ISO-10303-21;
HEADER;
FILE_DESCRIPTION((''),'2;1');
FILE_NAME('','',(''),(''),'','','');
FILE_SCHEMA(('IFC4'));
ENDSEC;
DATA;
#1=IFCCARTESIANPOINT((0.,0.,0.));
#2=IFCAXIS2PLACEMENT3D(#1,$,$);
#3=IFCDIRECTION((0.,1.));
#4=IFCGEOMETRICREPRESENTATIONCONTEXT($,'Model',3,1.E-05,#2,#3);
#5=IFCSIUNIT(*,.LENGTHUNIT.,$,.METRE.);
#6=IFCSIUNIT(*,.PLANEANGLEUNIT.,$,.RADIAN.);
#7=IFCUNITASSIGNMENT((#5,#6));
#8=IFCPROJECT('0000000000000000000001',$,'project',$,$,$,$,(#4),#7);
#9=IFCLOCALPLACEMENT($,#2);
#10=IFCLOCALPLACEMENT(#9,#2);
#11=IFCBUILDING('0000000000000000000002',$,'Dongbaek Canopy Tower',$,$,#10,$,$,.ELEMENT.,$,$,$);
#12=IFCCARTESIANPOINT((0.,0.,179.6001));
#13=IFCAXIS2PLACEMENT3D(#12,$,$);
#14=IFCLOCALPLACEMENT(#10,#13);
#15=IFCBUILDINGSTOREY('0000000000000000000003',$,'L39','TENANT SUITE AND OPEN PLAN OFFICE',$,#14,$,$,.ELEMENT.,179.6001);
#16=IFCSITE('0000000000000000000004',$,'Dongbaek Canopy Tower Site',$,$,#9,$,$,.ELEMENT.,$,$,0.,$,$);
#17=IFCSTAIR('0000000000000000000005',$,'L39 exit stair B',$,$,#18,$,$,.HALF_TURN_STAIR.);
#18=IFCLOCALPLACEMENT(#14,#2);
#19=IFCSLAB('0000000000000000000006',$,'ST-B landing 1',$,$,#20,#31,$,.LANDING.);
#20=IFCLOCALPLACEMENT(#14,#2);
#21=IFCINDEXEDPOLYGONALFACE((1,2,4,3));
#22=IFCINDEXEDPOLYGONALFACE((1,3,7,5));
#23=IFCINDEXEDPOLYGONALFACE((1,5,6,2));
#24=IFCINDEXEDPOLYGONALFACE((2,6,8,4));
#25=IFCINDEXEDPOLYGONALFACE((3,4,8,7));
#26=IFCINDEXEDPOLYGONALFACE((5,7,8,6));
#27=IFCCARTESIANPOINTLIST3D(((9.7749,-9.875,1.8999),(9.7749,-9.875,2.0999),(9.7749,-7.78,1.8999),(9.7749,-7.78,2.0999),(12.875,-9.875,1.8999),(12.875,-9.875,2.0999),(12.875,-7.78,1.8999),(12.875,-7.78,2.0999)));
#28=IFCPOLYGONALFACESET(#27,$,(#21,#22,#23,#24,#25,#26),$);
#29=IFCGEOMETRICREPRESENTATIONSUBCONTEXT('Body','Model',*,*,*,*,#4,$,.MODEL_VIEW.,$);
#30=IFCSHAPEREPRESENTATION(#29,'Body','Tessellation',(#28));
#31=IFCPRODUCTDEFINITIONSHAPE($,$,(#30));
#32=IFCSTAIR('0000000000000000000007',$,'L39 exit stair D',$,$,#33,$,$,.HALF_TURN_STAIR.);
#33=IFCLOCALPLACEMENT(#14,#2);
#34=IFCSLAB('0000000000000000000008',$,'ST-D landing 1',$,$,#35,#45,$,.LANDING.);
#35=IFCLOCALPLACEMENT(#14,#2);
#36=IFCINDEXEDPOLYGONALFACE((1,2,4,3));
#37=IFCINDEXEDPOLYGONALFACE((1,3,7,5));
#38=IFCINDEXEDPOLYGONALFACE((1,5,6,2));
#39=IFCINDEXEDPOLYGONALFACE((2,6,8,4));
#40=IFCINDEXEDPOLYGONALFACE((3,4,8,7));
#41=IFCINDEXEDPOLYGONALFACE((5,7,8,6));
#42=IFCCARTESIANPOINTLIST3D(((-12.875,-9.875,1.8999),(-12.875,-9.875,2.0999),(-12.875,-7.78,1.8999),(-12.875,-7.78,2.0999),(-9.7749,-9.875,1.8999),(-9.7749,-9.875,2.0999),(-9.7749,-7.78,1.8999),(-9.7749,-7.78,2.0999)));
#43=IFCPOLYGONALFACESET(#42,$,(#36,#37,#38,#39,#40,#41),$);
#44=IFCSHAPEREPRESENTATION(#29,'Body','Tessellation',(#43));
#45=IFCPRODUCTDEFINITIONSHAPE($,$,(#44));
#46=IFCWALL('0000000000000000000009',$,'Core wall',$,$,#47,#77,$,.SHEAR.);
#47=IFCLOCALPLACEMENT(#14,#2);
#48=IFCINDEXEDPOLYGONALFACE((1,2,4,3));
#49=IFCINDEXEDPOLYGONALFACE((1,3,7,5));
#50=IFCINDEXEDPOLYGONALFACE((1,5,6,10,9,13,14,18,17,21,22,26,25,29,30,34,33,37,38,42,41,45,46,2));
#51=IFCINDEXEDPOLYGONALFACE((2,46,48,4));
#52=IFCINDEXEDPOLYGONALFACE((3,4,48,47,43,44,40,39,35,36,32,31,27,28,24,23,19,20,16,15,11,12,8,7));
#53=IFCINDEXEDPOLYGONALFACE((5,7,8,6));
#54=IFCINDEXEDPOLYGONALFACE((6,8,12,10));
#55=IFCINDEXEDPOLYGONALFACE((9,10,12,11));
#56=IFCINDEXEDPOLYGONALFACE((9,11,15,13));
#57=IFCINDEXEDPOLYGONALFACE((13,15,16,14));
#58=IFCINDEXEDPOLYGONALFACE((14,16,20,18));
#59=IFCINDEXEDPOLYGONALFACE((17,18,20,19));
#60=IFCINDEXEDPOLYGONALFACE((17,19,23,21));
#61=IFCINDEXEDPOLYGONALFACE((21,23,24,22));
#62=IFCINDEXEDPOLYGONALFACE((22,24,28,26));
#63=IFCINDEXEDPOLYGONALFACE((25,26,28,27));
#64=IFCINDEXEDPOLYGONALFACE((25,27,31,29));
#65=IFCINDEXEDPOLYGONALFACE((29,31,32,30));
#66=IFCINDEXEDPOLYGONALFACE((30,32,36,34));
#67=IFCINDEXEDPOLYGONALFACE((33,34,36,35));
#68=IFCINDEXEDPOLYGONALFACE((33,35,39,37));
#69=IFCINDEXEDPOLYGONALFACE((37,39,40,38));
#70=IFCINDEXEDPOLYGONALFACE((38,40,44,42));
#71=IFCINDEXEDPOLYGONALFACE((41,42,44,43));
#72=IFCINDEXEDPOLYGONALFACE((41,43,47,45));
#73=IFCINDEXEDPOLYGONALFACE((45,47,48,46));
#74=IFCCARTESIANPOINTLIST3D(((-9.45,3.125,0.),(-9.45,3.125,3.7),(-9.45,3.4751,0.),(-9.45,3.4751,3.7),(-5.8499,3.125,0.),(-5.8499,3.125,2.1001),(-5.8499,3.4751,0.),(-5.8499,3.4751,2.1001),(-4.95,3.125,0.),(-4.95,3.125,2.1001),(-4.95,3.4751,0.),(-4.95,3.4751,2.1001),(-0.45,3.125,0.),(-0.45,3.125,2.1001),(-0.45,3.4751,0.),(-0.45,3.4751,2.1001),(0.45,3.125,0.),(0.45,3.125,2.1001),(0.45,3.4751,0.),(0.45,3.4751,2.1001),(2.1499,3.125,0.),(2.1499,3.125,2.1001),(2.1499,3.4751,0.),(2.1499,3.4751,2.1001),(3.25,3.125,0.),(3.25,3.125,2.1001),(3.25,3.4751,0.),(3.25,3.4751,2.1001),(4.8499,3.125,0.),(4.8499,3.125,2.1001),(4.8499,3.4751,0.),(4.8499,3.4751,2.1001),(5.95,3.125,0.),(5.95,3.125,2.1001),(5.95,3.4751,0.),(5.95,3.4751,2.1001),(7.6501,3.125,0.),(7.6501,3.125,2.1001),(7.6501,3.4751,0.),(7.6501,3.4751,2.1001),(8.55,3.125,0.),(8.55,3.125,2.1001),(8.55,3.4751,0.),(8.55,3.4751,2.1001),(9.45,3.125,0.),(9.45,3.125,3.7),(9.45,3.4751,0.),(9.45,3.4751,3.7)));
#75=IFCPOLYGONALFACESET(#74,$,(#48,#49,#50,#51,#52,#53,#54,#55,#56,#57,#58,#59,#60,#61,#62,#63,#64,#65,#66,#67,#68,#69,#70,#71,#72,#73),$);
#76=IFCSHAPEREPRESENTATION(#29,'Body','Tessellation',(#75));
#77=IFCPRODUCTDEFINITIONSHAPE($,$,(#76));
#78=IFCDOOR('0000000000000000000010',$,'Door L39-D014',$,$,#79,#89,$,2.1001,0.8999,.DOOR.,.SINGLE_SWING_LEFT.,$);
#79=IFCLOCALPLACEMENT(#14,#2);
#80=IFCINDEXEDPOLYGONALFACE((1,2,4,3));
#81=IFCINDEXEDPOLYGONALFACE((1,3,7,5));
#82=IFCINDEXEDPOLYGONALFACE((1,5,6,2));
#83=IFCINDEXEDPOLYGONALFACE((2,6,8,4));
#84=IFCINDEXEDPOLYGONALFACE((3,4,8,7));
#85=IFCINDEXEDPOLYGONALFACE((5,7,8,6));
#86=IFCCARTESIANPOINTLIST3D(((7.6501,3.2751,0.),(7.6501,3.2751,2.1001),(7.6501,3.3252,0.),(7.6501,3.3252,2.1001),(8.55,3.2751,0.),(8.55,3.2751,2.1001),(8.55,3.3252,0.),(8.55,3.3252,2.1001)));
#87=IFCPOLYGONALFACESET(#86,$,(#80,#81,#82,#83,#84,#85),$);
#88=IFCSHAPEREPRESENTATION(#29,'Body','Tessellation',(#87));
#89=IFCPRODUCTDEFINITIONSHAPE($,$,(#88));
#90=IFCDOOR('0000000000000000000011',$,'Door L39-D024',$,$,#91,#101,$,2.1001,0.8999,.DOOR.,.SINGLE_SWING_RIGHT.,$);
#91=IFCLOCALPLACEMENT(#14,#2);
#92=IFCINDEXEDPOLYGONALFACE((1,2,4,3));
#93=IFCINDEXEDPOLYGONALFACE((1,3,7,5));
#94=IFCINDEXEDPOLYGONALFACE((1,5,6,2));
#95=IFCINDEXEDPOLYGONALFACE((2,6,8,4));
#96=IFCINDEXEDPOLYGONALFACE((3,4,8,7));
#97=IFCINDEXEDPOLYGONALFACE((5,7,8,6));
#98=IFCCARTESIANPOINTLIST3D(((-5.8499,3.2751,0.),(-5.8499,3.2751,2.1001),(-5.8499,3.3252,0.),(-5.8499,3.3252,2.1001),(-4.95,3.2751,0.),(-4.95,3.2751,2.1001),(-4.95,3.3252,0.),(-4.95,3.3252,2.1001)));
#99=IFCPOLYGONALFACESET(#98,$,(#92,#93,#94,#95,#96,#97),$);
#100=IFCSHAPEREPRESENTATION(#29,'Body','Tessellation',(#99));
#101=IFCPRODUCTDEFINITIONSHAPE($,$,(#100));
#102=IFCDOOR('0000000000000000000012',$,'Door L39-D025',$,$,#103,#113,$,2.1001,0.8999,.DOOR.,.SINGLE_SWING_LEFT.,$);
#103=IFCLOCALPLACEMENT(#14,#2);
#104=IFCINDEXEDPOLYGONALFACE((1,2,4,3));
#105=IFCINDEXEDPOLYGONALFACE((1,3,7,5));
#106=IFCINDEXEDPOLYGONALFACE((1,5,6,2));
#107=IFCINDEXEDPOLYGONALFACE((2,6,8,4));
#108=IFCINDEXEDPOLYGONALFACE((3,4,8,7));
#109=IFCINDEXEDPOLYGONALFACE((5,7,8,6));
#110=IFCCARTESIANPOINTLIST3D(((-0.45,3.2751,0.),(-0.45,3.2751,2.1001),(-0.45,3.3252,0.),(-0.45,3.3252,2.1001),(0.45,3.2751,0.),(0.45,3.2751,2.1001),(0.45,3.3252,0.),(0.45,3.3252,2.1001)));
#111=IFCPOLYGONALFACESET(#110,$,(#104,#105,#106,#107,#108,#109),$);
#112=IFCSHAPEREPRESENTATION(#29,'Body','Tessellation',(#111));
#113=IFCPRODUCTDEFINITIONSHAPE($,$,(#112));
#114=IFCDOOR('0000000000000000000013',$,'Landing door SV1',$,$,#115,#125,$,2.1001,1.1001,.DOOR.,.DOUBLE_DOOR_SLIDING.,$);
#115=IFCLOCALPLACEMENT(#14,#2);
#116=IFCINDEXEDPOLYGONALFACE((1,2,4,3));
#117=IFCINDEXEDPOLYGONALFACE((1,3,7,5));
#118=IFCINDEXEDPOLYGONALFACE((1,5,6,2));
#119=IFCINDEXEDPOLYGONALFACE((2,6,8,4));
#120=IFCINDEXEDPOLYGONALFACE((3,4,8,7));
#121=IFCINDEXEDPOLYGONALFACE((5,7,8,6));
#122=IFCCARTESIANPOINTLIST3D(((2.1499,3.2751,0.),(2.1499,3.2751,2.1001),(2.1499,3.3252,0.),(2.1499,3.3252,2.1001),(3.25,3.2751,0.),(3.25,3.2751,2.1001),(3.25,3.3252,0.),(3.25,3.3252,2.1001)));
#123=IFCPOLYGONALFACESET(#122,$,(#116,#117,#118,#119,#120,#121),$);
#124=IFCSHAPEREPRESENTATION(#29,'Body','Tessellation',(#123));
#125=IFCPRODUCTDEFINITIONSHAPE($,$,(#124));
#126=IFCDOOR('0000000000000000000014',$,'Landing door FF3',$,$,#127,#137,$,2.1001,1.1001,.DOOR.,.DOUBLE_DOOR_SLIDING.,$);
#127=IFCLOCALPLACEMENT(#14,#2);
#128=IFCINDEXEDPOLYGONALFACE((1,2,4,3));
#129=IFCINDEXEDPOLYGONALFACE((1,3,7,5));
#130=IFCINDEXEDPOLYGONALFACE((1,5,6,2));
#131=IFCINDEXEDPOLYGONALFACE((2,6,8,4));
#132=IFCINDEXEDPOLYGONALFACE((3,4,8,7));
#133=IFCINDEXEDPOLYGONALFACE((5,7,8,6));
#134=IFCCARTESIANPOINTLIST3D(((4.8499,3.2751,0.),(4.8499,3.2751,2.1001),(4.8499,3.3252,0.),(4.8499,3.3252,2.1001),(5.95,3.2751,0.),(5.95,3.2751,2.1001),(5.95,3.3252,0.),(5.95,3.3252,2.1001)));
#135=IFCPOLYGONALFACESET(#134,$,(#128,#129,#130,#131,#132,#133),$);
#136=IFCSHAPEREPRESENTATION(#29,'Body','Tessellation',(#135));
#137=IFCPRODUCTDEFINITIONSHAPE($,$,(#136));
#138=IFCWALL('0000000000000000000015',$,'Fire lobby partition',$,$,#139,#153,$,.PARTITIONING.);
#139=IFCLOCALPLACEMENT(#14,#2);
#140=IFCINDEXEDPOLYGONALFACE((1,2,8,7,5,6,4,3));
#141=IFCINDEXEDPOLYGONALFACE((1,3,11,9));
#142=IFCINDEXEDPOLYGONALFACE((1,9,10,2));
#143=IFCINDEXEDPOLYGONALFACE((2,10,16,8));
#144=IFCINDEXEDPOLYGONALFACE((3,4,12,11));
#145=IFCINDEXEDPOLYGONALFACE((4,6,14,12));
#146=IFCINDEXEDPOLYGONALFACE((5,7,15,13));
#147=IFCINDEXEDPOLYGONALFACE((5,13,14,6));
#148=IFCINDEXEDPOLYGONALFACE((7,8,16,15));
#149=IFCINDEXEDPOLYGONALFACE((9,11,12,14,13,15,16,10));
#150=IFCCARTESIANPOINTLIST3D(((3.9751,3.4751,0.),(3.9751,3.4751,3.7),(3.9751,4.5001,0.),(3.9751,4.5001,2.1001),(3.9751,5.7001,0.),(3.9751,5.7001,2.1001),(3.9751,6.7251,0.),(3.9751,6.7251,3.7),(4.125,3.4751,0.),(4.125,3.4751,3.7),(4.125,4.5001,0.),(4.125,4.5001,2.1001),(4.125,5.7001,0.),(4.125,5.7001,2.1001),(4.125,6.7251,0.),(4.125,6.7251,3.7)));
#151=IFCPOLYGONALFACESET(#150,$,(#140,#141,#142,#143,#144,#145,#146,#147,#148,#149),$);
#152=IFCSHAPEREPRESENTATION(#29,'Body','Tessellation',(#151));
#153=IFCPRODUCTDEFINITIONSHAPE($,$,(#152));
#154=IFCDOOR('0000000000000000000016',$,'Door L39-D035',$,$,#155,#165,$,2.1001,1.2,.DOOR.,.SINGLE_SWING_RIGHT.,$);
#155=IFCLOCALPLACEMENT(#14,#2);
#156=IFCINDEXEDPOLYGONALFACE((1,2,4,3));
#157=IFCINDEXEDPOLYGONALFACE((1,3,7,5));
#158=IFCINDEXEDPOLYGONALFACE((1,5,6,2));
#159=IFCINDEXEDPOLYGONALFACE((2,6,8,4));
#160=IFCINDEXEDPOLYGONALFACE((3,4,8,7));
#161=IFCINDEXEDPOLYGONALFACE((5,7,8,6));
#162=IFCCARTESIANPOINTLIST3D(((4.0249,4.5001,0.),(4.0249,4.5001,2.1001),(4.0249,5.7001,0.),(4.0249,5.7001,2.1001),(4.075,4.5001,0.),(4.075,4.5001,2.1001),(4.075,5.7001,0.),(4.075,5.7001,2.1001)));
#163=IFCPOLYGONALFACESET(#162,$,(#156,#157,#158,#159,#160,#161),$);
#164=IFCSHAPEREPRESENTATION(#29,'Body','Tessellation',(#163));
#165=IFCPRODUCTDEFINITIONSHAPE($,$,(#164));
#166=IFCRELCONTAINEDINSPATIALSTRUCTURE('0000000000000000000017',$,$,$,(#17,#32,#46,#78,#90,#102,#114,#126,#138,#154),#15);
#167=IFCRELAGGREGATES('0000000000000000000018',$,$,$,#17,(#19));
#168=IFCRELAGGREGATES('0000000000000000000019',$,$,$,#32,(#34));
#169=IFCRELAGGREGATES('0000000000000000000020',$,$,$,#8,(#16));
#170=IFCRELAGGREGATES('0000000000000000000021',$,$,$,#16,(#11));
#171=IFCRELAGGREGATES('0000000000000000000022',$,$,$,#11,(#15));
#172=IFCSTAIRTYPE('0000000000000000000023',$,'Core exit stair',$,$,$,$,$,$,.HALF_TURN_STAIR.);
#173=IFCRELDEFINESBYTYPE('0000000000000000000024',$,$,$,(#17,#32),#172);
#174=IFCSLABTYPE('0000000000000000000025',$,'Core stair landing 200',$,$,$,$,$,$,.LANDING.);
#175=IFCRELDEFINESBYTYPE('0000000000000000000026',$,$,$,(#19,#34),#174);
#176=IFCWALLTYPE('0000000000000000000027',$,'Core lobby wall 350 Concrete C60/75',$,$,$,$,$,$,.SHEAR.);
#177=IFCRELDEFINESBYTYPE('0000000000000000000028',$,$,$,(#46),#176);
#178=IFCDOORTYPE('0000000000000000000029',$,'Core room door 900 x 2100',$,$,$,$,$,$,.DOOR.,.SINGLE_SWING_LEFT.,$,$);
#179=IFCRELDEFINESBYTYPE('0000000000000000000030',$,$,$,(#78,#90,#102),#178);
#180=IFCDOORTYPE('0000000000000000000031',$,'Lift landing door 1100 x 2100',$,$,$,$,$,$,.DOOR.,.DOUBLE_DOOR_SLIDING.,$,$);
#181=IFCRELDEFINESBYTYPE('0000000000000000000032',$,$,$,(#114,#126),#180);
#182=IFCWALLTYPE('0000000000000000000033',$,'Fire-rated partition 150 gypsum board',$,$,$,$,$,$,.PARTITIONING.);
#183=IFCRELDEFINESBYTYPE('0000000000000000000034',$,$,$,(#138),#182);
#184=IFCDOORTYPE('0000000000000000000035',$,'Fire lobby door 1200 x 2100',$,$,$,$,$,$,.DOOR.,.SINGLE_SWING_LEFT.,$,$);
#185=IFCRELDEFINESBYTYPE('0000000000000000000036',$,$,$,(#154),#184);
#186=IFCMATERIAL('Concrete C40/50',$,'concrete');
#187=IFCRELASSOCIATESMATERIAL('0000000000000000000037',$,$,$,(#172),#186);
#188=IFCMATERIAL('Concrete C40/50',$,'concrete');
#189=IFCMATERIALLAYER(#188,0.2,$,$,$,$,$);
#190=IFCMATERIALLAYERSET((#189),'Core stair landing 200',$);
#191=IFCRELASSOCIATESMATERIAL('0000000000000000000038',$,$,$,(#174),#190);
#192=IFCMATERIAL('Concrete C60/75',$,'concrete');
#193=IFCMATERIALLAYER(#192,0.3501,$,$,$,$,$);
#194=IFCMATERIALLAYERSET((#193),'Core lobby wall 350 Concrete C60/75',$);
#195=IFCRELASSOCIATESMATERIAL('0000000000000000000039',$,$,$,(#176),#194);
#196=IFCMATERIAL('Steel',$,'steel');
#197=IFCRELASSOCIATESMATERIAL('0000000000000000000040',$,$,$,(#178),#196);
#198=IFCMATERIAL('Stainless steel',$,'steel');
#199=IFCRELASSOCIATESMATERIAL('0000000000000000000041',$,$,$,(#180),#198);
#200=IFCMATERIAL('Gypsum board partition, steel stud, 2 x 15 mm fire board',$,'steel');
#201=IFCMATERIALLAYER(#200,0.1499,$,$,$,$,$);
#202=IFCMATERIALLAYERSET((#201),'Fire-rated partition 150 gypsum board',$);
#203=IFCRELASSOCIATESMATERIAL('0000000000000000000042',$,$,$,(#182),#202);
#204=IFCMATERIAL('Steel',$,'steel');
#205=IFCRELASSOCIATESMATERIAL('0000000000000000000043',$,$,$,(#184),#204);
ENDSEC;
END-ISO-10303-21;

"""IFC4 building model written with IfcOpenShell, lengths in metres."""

from ifc_helpers import new_model, si_unit, direction, frame, frame_2d, origin, place, context, subcontext, project, spatial, polyline, rectangle, outline, extrude, material, layer, layer_set, type_object, element, fill, aggregate, save


model = new_model("IFC4")

# Units and contexts
model_context = context("Model", 3, precision=1e-05, world=origin(), true_north=direction((0.0, 1.0)))
body_context = subcontext(model_context, "Body", "Model", "MODEL_VIEW")
ifc_project = project(units=[si_unit("LENGTHUNIT", "METRE"), si_unit("PLANEANGLEUNIT", "RADIAN")], contexts=[model_context])

# Site, building, storey
site_placement = place(None, origin())
site = spatial("IfcSite", under=ifc_project, at=site_placement, Name="Dongbaek Canopy Tower Site", CompositionType="ELEMENT", RefElevation=0.0)
building_placement = place(site_placement, origin())
building = spatial("IfcBuilding", under=site, at=building_placement, Name="Dongbaek Canopy Tower", CompositionType="ELEMENT")
storey_placement = place(building_placement, frame((0.0, 0.0, 179.6001)))
storey = spatial("IfcBuildingStorey", under=building, at=storey_placement, Name="L39", Description="TENANT SUITE AND OPEN PLAN OFFICE", CompositionType="ELEMENT", Elevation=179.6001)

# Stairs, slabs
ifc_material_1 = material(Name="Concrete C40/50", Category="concrete")
stair_type = type_object("IfcStairType", Name="Core exit stair", PredefinedType="HALF_TURN_STAIR", material=ifc_material_1)
stair_1_placement = place(storey_placement, origin())
stair_1 = element("IfcStair", 1, at=stair_1_placement, inside=storey, type_object=stair_type, Name="L39 exit stair B", PredefinedType="HALF_TURN_STAIR")
ifc_material_2 = material(Name="Concrete C40/50", Category="concrete")
ifc_layer_1 = layer(ifc_material_2, 0.2)
ifc_layer_set_1 = layer_set([ifc_layer_1], Name="Core stair landing 200")
slab_type = type_object("IfcSlabType", Name="Core stair landing 200", PredefinedType="LANDING", material=ifc_layer_set_1)
slab_1_placement = place(storey_placement, frame((0.0, 0.0, 1.8999)))
slab_1 = element("IfcSlab", 2, at=slab_1_placement, type_object=slab_type, Name="ST-B landing 1", PredefinedType="LANDING", context=body_context, shape_type="SweptSolid", body=[
    extrude(outline(polyline([(9.7749, -7.78), (9.7749, -9.875), (12.875, -9.875), (12.875, -7.78), (9.7749, -7.78)])), origin(), (0.0, 0.0, 1.0), 0.2),
])
aggregate(stair_1, [slab_1])
stair_2_placement = place(storey_placement, origin())
stair_2 = element("IfcStair", 3, at=stair_2_placement, inside=storey, type_object=stair_type, Name="L39 exit stair D", PredefinedType="HALF_TURN_STAIR")
slab_2_placement = place(storey_placement, frame((0.0, 0.0, 1.8999)))
slab_2 = element("IfcSlab", 4, at=slab_2_placement, type_object=slab_type, Name="ST-D landing 1", PredefinedType="LANDING", context=body_context, shape_type="SweptSolid", body=[
    extrude(outline(polyline([(-12.875, -7.78), (-12.875, -9.875), (-9.7749, -9.875), (-9.7749, -7.78), (-12.875, -7.78)])), origin(), (0.0, 0.0, 1.0), 0.2),
])
aggregate(stair_2, [slab_2])

# Wall, openings, doors
ifc_material_3 = material(Name="Concrete C60/75", Category="concrete")
ifc_layer_2 = layer(ifc_material_3, 0.3501)
ifc_layer_set_2 = layer_set([ifc_layer_2], Name="Core lobby wall 350 Concrete C60/75")
wall_type_1 = type_object("IfcWallType", Name="Core lobby wall 350 Concrete C60/75", PredefinedType="SHEAR", material=ifc_layer_set_2)
wall_1_placement = place(storey_placement, frame((9.45, 3.3, 0.0), z_axis=(0.0, 0.0, 1.0), x_axis=(-1.0, 0.0, 0.0)))
wall_1 = element("IfcWall", 5, at=wall_1_placement, inside=storey, type_object=wall_type_1, Name="Core wall", PredefinedType="SHEAR", context=body_context, shape_type="SweptSolid", body=[
    extrude(rectangle(XDim=18.8999, YDim=0.3501, at=frame_2d((9.45, 0.0))), origin(), (0.0, 0.0, 1.0), 3.7),
])
opening_1_placement = place(wall_1_placement, frame((6.2, 0.0, 0.0)))
opening_1 = element("IfcOpeningElement", 6, at=opening_1_placement, cuts=wall_1, PredefinedType="OPENING", context=body_context, shape_type="SweptSolid", body=[
    extrude(rectangle(XDim=1.1001, YDim=2.1001, at=frame_2d((0.55, 1.05))), frame((0.0, 0.1851, 0.0), z_axis=(0.0, -1.0, 0.0), x_axis=(1.0, 0.0, 0.0)), (0.0, 0.0, 1.0), 0.3701),
])
opening_2_placement = place(wall_1_placement, frame((3.5, 0.0, 0.0)))
opening_2 = element("IfcOpeningElement", 7, at=opening_2_placement, cuts=wall_1, PredefinedType="OPENING", context=body_context, shape_type="SweptSolid", body=[
    extrude(rectangle(XDim=1.1001, YDim=2.1001, at=frame_2d((0.55, 1.05))), frame((0.0, 0.1851, 0.0), z_axis=(0.0, -1.0, 0.0), x_axis=(1.0, 0.0, 0.0)), (0.0, 0.0, 1.0), 0.3701),
])
opening_3_placement = place(wall_1_placement, frame((0.8999, 0.0, 0.0)))
opening_3 = element("IfcOpeningElement", 8, at=opening_3_placement, cuts=wall_1, PredefinedType="OPENING", context=body_context, shape_type="SweptSolid", body=[
    extrude(rectangle(XDim=0.8999, YDim=2.1001, at=frame_2d((0.45, 1.05))), frame((0.0, 0.1851, 0.0), z_axis=(0.0, -1.0, 0.0), x_axis=(1.0, 0.0, 0.0)), (0.0, 0.0, 1.0), 0.3701),
])
opening_4_placement = place(wall_1_placement, frame((14.3999, 0.0, 0.0)))
opening_4 = element("IfcOpeningElement", 9, at=opening_4_placement, cuts=wall_1, PredefinedType="OPENING", context=body_context, shape_type="SweptSolid", body=[
    extrude(rectangle(XDim=0.8999, YDim=2.1001, at=frame_2d((0.45, 1.05))), frame((0.0, 0.1851, 0.0), z_axis=(0.0, -1.0, 0.0), x_axis=(1.0, 0.0, 0.0)), (0.0, 0.0, 1.0), 0.3701),
])
opening_5_placement = place(wall_1_placement, frame((9.0, 0.0, 0.0)))
opening_5 = element("IfcOpeningElement", 10, at=opening_5_placement, cuts=wall_1, PredefinedType="OPENING", context=body_context, shape_type="SweptSolid", body=[
    extrude(rectangle(XDim=0.8999, YDim=2.1001, at=frame_2d((0.45, 1.05))), frame((0.0, 0.1851, 0.0), z_axis=(0.0, -1.0, 0.0), x_axis=(1.0, 0.0, 0.0)), (0.0, 0.0, 1.0), 0.3701),
])
ifc_material_4 = material(Name="Steel", Category="steel")
door_type_1 = type_object("IfcDoorType", Name="Core room door 900 x 2100", OperationType="SINGLE_SWING_LEFT", PredefinedType="DOOR", material=ifc_material_4)
door_1_placement = place(opening_3_placement, origin())
door_1 = element("IfcDoor", 11, at=door_1_placement, inside=storey, type_object=door_type_1, Name="Door L39-D014", OperationType="SINGLE_SWING_LEFT", OverallHeight=2.1001, OverallWidth=0.8999, PredefinedType="DOOR", context=body_context, shape_type="SweptSolid", body=[
    extrude(rectangle(XDim=0.8999, YDim=2.1001, at=frame_2d((0.45, 1.05))), frame((0.0, 0.0249, 0.0), z_axis=(0.0, -1.0, 0.0), x_axis=(1.0, 0.0, 0.0)), (0.0, 0.0, 1.0), 0.05),
])
fill(opening_3, door_1)
door_2_placement = place(opening_4_placement, origin())
door_2 = element("IfcDoor", 12, at=door_2_placement, inside=storey, type_object=door_type_1, Name="Door L39-D024", OperationType="SINGLE_SWING_RIGHT", OverallHeight=2.1001, OverallWidth=0.8999, PredefinedType="DOOR", context=body_context, shape_type="SweptSolid", body=[
    extrude(rectangle(XDim=0.8999, YDim=2.1001, at=frame_2d((0.45, 1.05))), frame((0.0, 0.0249, 0.0), z_axis=(0.0, -1.0, 0.0), x_axis=(1.0, 0.0, 0.0)), (0.0, 0.0, 1.0), 0.05),
])
fill(opening_4, door_2)
door_3_placement = place(opening_5_placement, origin())
door_3 = element("IfcDoor", 13, at=door_3_placement, inside=storey, type_object=door_type_1, Name="Door L39-D025", OperationType="SINGLE_SWING_LEFT", OverallHeight=2.1001, OverallWidth=0.8999, PredefinedType="DOOR", context=body_context, shape_type="SweptSolid", body=[
    extrude(rectangle(XDim=0.8999, YDim=2.1001, at=frame_2d((0.45, 1.05))), frame((0.0, 0.0249, 0.0), z_axis=(0.0, -1.0, 0.0), x_axis=(1.0, 0.0, 0.0)), (0.0, 0.0, 1.0), 0.05),
])
fill(opening_5, door_3)
ifc_material_5 = material(Name="Stainless steel", Category="steel")
door_type_2 = type_object("IfcDoorType", Name="Lift landing door 1100 x 2100", OperationType="DOUBLE_DOOR_SLIDING", PredefinedType="DOOR", material=ifc_material_5)
door_4_placement = place(opening_1_placement, origin())
door_4 = element("IfcDoor", 14, at=door_4_placement, inside=storey, type_object=door_type_2, Name="Landing door SV1", OperationType="DOUBLE_DOOR_SLIDING", OverallHeight=2.1001, OverallWidth=1.1001, PredefinedType="DOOR", context=body_context, shape_type="SweptSolid", body=[
    extrude(rectangle(XDim=1.1001, YDim=2.1001, at=frame_2d((0.55, 1.05))), frame((0.0, 0.0249, 0.0), z_axis=(0.0, -1.0, 0.0), x_axis=(1.0, 0.0, 0.0)), (0.0, 0.0, 1.0), 0.05),
])
fill(opening_1, door_4)
door_5_placement = place(opening_2_placement, origin())
door_5 = element("IfcDoor", 15, at=door_5_placement, inside=storey, type_object=door_type_2, Name="Landing door FF3", OperationType="DOUBLE_DOOR_SLIDING", OverallHeight=2.1001, OverallWidth=1.1001, PredefinedType="DOOR", context=body_context, shape_type="SweptSolid", body=[
    extrude(rectangle(XDim=1.1001, YDim=2.1001, at=frame_2d((0.55, 1.05))), frame((0.0, 0.0249, 0.0), z_axis=(0.0, -1.0, 0.0), x_axis=(1.0, 0.0, 0.0)), (0.0, 0.0, 1.0), 0.05),
])
fill(opening_2, door_5)

# Wall, opening, door
ifc_material_6 = material(Name="Gypsum board partition, steel stud, 2 x 15 mm fire board", Category="steel")
ifc_layer_3 = layer(ifc_material_6, 0.1499)
ifc_layer_set_3 = layer_set([ifc_layer_3], Name="Fire-rated partition 150 gypsum board")
wall_type_2 = type_object("IfcWallType", Name="Fire-rated partition 150 gypsum board", PredefinedType="PARTITIONING", material=ifc_layer_set_3)
wall_2_placement = place(storey_placement, frame((4.05, 6.7251, 0.0), z_axis=(0.0, 0.0, 1.0), x_axis=(0.0, -1.0, 0.0)))
wall_2 = element("IfcWall", 16, at=wall_2_placement, inside=storey, type_object=wall_type_2, Name="Fire lobby partition", PredefinedType="PARTITIONING", context=body_context, shape_type="SweptSolid", body=[
    extrude(rectangle(XDim=3.25, YDim=0.1499, at=frame_2d((1.625, 0.0))), origin(), (0.0, 0.0, 1.0), 3.7),
])
opening_6_placement = place(wall_2_placement, frame((1.0249, 0.0, 0.0)))
opening_6 = element("IfcOpeningElement", 17, at=opening_6_placement, cuts=wall_2, PredefinedType="OPENING", context=body_context, shape_type="SweptSolid", body=[
    extrude(rectangle(XDim=1.2, YDim=2.1001, at=frame_2d((0.6001, 1.05))), frame((0.0, 0.085, 0.0), z_axis=(0.0, -1.0, 0.0), x_axis=(1.0, 0.0, 0.0)), (0.0, 0.0, 1.0), 0.1699),
])
ifc_material_7 = material(Name="Steel", Category="steel")
door_type_3 = type_object("IfcDoorType", Name="Fire lobby door 1200 x 2100", OperationType="SINGLE_SWING_LEFT", PredefinedType="DOOR", material=ifc_material_7)
door_6_placement = place(opening_6_placement, origin())
door_6 = element("IfcDoor", 18, at=door_6_placement, inside=storey, type_object=door_type_3, Name="Door L39-D035", OperationType="SINGLE_SWING_RIGHT", OverallHeight=2.1001, OverallWidth=1.2, PredefinedType="DOOR", context=body_context, shape_type="SweptSolid", body=[
    extrude(rectangle(XDim=1.2, YDim=2.1001, at=frame_2d((0.6001, 1.05))), frame((0.0, 0.0249, 0.0), z_axis=(0.0, -1.0, 0.0), x_axis=(1.0, 0.0, 0.0)), (0.0, 0.0, 1.0), 0.05),
])
fill(opening_6, door_6)

save(model, "model.ifc")
